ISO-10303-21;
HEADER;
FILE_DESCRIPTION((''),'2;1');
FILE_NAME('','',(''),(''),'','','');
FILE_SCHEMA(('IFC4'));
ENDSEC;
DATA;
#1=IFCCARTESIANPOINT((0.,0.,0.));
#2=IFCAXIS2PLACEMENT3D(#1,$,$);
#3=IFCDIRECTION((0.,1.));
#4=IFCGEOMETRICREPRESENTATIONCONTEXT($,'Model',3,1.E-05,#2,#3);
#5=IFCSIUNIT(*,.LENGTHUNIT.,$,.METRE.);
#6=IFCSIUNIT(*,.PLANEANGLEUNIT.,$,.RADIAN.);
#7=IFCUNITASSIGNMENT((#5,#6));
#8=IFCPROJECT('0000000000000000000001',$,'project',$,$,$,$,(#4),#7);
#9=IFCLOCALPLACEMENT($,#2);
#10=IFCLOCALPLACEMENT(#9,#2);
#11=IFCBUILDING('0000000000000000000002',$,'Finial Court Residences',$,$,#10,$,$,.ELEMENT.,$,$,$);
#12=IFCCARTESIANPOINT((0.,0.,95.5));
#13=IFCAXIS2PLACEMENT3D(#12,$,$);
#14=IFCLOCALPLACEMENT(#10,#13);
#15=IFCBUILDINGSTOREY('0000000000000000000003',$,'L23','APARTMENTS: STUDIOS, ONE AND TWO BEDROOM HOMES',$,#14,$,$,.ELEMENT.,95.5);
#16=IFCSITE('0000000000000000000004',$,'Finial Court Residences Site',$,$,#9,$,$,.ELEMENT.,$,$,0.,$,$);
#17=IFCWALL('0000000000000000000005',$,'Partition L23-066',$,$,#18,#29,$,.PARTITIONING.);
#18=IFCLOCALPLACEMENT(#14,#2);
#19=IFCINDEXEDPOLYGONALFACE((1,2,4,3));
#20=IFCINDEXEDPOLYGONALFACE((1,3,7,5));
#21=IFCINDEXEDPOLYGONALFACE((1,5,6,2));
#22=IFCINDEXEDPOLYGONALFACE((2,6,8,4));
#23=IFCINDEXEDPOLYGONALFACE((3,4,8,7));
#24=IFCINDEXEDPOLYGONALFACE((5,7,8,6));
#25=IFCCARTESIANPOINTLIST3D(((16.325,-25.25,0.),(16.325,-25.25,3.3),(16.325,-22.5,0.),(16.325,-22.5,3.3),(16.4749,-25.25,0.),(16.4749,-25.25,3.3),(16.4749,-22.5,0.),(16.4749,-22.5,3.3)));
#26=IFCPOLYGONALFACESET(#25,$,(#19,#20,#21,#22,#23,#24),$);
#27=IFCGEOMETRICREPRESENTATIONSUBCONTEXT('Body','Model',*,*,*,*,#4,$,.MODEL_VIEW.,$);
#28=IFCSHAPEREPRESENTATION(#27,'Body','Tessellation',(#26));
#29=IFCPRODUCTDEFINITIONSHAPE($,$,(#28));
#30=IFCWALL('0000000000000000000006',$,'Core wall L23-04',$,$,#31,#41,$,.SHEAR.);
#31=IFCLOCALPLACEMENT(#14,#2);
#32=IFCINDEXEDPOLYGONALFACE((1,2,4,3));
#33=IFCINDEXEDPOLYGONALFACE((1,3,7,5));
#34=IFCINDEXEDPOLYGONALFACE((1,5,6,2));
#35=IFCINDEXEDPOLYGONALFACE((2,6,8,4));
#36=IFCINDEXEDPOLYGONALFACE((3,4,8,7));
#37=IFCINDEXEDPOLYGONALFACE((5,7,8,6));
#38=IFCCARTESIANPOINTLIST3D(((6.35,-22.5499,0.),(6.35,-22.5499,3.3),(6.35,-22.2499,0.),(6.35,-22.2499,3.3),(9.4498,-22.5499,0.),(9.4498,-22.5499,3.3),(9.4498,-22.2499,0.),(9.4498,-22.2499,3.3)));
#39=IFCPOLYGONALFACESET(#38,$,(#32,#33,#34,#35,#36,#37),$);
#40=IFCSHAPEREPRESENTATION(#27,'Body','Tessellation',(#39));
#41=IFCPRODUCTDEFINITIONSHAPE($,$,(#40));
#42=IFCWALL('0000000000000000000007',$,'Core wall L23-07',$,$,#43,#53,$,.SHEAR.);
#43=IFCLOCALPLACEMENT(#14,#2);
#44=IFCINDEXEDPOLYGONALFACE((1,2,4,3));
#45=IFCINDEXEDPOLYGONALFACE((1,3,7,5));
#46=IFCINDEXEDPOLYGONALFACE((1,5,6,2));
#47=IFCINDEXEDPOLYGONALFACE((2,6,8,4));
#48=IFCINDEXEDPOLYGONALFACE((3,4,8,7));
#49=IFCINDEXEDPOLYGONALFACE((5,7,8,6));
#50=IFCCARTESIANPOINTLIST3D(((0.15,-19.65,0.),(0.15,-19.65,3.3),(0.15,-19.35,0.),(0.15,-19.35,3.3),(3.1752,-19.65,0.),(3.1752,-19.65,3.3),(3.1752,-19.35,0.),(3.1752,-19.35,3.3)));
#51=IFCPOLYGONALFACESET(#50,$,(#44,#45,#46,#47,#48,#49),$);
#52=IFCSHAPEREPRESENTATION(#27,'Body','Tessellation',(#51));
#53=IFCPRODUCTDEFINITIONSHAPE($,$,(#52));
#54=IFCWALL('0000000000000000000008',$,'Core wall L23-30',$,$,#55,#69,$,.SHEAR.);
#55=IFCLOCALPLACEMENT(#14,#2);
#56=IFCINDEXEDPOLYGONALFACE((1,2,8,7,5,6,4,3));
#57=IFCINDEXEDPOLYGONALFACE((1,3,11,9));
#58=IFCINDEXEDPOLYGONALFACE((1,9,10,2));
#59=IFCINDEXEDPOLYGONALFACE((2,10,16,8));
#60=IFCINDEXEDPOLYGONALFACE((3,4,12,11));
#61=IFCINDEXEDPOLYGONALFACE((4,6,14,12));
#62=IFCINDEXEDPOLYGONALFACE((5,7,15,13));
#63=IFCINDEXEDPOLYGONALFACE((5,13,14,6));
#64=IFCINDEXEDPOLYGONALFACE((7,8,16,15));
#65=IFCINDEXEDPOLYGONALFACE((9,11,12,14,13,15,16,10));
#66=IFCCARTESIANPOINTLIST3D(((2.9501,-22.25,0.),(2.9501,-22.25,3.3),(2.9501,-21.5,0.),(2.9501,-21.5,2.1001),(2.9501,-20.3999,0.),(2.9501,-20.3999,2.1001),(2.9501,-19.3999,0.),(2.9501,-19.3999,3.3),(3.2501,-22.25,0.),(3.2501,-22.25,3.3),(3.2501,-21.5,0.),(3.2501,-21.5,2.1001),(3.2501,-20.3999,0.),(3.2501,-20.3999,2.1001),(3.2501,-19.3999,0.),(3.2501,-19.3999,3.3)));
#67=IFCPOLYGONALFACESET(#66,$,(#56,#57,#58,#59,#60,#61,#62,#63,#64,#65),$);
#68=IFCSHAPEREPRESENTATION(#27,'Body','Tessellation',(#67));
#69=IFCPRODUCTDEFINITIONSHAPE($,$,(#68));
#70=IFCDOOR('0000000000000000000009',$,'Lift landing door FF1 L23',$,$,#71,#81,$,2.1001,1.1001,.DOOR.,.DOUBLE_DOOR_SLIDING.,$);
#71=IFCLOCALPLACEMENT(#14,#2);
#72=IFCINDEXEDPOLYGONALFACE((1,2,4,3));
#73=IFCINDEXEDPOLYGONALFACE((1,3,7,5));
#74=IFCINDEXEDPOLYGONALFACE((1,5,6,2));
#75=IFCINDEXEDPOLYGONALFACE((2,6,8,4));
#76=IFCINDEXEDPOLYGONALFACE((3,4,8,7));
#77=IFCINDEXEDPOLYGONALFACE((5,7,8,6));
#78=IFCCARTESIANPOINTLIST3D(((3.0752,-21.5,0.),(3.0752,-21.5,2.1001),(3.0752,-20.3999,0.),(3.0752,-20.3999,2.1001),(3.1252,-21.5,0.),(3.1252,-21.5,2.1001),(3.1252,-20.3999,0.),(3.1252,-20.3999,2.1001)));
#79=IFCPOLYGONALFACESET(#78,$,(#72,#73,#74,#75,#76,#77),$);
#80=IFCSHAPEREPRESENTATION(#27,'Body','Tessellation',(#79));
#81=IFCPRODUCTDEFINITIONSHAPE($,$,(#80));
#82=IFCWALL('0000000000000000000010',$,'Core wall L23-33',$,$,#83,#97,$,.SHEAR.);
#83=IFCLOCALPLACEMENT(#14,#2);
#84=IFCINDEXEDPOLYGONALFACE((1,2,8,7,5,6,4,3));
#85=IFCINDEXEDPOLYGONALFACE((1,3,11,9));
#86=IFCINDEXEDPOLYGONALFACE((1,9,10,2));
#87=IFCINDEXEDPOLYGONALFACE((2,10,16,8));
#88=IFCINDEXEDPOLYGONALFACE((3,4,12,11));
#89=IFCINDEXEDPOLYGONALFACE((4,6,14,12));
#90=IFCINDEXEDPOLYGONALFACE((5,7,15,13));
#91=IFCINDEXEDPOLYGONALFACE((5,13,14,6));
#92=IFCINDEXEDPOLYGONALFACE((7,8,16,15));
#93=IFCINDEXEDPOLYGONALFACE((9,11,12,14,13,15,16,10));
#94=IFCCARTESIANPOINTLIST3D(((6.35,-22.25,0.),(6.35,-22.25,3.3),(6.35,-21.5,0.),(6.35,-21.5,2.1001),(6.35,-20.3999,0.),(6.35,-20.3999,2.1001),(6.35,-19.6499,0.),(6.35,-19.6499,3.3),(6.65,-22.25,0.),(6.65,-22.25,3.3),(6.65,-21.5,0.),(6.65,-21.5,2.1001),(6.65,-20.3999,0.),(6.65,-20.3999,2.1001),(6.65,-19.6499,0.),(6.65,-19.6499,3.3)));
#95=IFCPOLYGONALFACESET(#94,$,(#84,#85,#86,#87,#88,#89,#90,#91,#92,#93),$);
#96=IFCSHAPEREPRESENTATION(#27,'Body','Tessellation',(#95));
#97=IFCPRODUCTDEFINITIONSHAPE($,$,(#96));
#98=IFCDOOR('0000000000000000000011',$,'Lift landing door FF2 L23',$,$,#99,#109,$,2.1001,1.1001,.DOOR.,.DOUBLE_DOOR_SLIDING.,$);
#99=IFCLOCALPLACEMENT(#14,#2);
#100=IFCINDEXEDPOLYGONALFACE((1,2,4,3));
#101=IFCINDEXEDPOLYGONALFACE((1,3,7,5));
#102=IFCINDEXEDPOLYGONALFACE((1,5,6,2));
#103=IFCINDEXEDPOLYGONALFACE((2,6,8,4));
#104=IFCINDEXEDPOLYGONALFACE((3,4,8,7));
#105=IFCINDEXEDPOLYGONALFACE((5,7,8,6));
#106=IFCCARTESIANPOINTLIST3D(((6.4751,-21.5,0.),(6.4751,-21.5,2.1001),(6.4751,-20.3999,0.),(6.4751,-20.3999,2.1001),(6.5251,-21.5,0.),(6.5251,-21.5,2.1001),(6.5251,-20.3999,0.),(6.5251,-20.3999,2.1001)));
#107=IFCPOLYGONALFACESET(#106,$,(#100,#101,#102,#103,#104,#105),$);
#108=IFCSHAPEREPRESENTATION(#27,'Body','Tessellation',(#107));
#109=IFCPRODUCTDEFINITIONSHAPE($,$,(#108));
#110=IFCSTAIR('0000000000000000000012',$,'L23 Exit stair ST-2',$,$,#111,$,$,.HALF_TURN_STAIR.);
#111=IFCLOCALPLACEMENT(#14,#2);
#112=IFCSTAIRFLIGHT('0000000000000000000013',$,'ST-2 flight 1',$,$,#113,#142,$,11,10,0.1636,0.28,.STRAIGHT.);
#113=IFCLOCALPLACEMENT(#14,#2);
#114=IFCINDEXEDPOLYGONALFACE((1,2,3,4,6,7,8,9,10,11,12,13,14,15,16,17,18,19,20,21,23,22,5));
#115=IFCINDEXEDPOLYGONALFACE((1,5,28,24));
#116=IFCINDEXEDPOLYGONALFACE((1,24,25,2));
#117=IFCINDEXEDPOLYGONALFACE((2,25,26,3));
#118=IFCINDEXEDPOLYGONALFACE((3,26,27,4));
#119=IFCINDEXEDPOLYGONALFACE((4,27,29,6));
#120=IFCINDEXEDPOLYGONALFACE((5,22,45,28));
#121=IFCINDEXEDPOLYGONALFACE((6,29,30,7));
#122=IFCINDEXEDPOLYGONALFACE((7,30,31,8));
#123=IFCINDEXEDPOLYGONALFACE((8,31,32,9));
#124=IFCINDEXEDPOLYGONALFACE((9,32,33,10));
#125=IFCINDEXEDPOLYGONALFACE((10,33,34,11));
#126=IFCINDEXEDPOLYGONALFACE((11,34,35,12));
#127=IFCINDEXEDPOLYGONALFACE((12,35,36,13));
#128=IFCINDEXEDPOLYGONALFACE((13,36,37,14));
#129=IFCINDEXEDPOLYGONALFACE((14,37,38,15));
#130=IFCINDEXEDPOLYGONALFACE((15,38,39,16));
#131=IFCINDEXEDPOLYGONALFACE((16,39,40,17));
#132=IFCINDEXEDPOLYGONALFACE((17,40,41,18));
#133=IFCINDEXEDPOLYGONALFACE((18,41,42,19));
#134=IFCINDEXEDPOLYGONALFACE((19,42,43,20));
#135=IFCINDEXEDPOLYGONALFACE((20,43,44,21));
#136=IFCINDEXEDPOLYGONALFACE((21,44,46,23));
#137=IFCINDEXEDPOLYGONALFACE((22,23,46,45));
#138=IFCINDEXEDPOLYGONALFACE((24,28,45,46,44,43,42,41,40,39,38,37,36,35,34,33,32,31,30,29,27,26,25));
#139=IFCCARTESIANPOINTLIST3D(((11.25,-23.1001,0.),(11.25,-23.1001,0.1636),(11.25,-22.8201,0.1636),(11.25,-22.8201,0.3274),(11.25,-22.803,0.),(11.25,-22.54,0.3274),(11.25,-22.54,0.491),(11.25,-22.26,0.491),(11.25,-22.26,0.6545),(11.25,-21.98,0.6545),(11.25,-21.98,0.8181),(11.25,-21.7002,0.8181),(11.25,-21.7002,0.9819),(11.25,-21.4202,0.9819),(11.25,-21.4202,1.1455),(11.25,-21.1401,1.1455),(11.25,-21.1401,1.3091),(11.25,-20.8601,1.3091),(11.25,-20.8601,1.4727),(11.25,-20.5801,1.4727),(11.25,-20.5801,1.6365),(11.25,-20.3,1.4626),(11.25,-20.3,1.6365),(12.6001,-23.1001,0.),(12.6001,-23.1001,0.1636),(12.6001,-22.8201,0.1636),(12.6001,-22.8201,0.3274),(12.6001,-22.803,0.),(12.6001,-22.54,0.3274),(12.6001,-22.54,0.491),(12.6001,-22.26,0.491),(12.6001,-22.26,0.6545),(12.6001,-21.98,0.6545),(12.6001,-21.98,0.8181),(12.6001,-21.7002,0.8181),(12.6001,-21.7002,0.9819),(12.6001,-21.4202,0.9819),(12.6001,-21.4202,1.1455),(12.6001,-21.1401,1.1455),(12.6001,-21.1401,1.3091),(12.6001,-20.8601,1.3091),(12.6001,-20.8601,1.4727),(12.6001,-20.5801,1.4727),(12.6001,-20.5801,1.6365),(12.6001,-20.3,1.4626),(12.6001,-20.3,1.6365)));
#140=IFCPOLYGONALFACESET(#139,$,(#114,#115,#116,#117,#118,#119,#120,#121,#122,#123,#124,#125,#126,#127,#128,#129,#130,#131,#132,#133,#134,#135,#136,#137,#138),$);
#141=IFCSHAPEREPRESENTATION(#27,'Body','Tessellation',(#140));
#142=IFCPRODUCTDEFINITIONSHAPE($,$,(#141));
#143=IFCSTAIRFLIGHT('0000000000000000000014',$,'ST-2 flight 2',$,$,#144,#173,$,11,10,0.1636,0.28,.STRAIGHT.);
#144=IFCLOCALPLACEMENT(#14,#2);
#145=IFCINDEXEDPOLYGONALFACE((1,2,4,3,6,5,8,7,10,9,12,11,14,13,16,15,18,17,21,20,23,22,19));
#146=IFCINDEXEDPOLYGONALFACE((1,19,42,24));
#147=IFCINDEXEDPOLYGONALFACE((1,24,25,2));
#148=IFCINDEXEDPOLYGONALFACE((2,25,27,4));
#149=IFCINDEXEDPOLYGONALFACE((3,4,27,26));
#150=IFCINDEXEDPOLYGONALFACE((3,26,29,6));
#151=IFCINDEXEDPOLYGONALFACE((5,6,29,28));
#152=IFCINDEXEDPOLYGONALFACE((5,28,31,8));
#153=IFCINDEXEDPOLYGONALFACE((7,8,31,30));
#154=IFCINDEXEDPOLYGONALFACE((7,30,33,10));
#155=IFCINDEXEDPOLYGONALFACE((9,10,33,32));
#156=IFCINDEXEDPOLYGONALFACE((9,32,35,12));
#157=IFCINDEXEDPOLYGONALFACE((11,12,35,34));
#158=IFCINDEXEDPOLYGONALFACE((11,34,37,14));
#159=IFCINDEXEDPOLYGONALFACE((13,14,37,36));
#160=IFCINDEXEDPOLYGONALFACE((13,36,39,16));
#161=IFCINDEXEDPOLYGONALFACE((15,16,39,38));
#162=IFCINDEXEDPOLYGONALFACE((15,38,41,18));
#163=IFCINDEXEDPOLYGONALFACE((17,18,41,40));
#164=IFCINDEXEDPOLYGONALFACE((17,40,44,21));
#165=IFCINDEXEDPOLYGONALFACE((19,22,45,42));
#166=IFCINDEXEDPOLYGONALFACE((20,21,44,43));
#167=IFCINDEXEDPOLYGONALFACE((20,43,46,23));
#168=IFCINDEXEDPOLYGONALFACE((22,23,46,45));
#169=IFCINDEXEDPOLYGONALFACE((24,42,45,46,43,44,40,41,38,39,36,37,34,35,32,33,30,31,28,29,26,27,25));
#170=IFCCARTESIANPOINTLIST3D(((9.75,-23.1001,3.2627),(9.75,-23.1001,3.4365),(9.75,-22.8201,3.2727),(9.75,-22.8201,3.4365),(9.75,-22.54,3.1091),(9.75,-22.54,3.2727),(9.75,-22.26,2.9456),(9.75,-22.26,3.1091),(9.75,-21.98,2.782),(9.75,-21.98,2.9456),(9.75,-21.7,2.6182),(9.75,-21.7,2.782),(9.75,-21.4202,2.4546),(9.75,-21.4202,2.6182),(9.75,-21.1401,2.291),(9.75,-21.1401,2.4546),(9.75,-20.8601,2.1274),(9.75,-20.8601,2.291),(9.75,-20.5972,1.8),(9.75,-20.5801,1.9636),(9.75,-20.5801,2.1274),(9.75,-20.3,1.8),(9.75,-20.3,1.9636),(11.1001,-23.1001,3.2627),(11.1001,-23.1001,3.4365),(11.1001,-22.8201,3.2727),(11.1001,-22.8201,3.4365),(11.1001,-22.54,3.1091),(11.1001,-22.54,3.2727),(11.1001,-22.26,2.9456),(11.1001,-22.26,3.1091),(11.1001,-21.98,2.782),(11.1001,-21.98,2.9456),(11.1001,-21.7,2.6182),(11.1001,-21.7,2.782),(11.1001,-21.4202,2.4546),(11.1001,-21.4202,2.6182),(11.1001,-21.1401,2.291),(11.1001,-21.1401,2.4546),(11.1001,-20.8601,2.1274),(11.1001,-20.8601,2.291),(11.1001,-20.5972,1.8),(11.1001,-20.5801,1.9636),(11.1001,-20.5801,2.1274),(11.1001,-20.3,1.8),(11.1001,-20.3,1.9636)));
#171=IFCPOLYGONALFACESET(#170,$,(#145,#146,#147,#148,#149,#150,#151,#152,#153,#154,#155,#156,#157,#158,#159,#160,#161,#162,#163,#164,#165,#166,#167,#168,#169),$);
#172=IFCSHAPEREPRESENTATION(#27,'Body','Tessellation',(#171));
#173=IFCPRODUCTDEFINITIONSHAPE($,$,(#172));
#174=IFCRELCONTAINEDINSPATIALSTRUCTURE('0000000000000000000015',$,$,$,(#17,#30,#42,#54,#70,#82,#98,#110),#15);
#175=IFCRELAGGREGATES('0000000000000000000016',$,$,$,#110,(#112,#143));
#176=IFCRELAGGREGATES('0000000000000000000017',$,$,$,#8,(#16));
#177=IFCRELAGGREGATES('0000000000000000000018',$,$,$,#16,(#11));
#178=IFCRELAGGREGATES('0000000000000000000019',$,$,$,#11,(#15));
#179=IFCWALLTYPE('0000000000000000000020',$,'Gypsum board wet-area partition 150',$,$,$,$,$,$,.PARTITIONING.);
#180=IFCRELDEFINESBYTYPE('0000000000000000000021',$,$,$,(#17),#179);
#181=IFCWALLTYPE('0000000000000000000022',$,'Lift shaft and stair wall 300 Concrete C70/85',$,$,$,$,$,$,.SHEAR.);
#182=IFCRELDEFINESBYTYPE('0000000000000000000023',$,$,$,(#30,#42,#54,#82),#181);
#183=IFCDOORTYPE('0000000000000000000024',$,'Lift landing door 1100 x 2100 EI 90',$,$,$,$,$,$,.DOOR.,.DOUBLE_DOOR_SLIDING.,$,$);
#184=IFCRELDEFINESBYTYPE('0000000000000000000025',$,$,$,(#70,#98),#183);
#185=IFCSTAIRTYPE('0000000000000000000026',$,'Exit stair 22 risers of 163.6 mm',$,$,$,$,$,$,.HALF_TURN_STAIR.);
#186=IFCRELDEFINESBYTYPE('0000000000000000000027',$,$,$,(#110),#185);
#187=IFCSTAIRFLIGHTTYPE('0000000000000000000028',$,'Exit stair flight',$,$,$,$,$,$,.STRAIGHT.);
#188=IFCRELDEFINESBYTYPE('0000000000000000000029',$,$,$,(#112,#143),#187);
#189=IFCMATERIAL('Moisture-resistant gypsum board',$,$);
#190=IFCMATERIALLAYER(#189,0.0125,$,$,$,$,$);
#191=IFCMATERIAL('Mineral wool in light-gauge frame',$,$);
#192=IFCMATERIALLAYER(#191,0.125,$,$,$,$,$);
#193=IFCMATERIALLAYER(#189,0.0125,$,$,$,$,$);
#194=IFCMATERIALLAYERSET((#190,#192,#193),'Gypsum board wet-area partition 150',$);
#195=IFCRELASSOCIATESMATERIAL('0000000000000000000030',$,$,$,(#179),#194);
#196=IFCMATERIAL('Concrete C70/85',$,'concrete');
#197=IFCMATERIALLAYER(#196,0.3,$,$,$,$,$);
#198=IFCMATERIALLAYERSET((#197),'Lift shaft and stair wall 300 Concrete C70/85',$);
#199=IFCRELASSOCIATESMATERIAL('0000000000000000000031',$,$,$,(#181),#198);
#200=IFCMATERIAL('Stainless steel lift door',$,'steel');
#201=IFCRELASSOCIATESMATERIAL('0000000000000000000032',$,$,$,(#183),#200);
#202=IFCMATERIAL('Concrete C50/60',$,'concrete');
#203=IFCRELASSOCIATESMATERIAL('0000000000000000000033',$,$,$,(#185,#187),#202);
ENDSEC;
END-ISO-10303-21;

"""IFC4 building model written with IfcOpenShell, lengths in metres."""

from ifc_helpers import new_model, si_unit, direction, frame, frame_2d, origin, place, context, subcontext, project, spatial, polyline, rectangle, outline, extrude, material, layer, layer_set, type_object, element, fill, aggregate, save


model = new_model("IFC4")

# Units and contexts
model_context = context("Model", 3, precision=1e-05, world=origin(), true_north=direction((0.0, 1.0)))
body_context = subcontext(model_context, "Body", "Model", "MODEL_VIEW")
ifc_project = project(units=[si_unit("LENGTHUNIT", "METRE"), si_unit("PLANEANGLEUNIT", "RADIAN")], contexts=[model_context])

# Site, building, storey
site_placement = place(None, origin())
site = spatial("IfcSite", under=ifc_project, at=site_placement, Name="Finial Court Residences Site", CompositionType="ELEMENT", RefElevation=0.0)
building_placement = place(site_placement, origin())
building = spatial("IfcBuilding", under=site, at=building_placement, Name="Finial Court Residences", CompositionType="ELEMENT")
storey_placement = place(building_placement, frame((0.0, 0.0, 95.5)))
storey = spatial("IfcBuildingStorey", under=building, at=storey_placement, Name="L23", Description="APARTMENTS: STUDIOS, ONE AND TWO BEDROOM HOMES", CompositionType="ELEMENT", Elevation=95.5)

# Shared definitions
ifc_material_1 = material(Name="Concrete C70/85", Category="concrete")

# Shared definitions
ifc_material_2 = material(Name="Moisture-resistant gypsum board")
ifc_layer_1 = layer(ifc_material_2, 0.0125)
ifc_material_3 = material(Name="Mineral wool in light-gauge frame")
ifc_layer_2 = layer(ifc_material_3, 0.125)
ifc_layer_3 = layer(ifc_material_2, 0.0125)
ifc_layer_set_1 = layer_set([ifc_layer_1, ifc_layer_2, ifc_layer_3], Name="Gypsum board wet-area partition 150")
wall_type_1 = type_object("IfcWallType", Name="Gypsum board wet-area partition 150", PredefinedType="PARTITIONING", material=ifc_layer_set_1)

# Walls
wall_1_placement = place(storey_placement, frame((16.3999, -25.25, 0.0), z_axis=(0.0, 0.0, 1.0), x_axis=(0.0, 1.0, 0.0)))
element("IfcWall", 1, at=wall_1_placement, inside=storey, type_object=wall_type_1, Name="Partition L23-066", PredefinedType="PARTITIONING", context=body_context, shape_type="SweptSolid", body=[
    extrude(rectangle(XDim=2.75, YDim=0.1499, at=frame_2d((1.375, 0.0))), origin(), (0.0, 0.0, 1.0), 3.3),
])
ifc_layer_4 = layer(ifc_material_1, 0.3)
ifc_layer_set_2 = layer_set([ifc_layer_4], Name="Lift shaft and stair wall 300 Concrete C70/85")
wall_type_2 = type_object("IfcWallType", Name="Lift shaft and stair wall 300 Concrete C70/85", PredefinedType="SHEAR", material=ifc_layer_set_2)
wall_2_placement = place(storey_placement, frame((6.3501, -22.3999, 0.0), z_axis=(0.0, 0.0, 1.0), x_axis=(1.0, 0.0, 0.0)))
element("IfcWall", 2, at=wall_2_placement, inside=storey, type_object=wall_type_2, Name="Core wall L23-04", PredefinedType="SHEAR", context=body_context, shape_type="SweptSolid", body=[
    extrude(rectangle(XDim=3.0999, YDim=0.3, at=frame_2d((1.5498, 0.0))), origin(), (0.0, 0.0, 1.0), 3.3),
])
wall_3_placement = place(storey_placement, frame((0.1499, -19.5, 0.0), z_axis=(0.0, 0.0, 1.0), x_axis=(1.0, 0.0, 0.0)))
element("IfcWall", 3, at=wall_3_placement, inside=storey, type_object=wall_type_2, Name="Core wall L23-07", PredefinedType="SHEAR", context=body_context, shape_type="SweptSolid", body=[
    extrude(rectangle(XDim=3.0251, YDim=0.3, at=frame_2d((1.5127, 0.0))), origin(), (0.0, 0.0, 1.0), 3.3),
])

# Walls, openings, doors
wall_4_placement = place(storey_placement, frame((3.1001, -22.25, 0.0), z_axis=(0.0, 0.0, 1.0), x_axis=(0.0, 1.0, 0.0)))
wall_4 = element("IfcWall", 4, at=wall_4_placement, inside=storey, type_object=wall_type_2, Name="Core wall L23-30", PredefinedType="SHEAR", context=body_context, shape_type="SweptSolid", body=[
    extrude(rectangle(XDim=2.8501, YDim=0.3, at=frame_2d((1.425, 0.0))), origin(), (0.0, 0.0, 1.0), 3.3),
])
opening_1_placement = place(wall_4_placement, frame((0.75, 0.0, 0.0)))
opening_1 = element("IfcOpeningElement", 5, at=opening_1_placement, cuts=wall_4, PredefinedType="OPENING", context=body_context, shape_type="SweptSolid", body=[
    extrude(rectangle(XDim=1.1001, YDim=2.1001, at=frame_2d((0.55, 1.05))), frame((0.0, 0.1599, 0.0), z_axis=(0.0, -1.0, 0.0), x_axis=(1.0, 0.0, 0.0)), (0.0, 0.0, 1.0), 0.3201),
])
ifc_material_4 = material(Name="Stainless steel lift door", Category="steel")
door_type_1 = type_object("IfcDoorType", Name="Lift landing door 1100 x 2100 EI 90", OperationType="DOUBLE_DOOR_SLIDING", PredefinedType="DOOR", material=ifc_material_4)
door_1_placement = place(opening_1_placement, origin())
door_1 = element("IfcDoor", 6, at=door_1_placement, inside=storey, type_object=door_type_1, Name="Lift landing door FF1 L23", OperationType="DOUBLE_DOOR_SLIDING", OverallHeight=2.1001, OverallWidth=1.1001, PredefinedType="DOOR", context=body_context, shape_type="SweptSolid", body=[
    extrude(rectangle(XDim=1.1001, YDim=2.1001, at=frame_2d((0.55, 1.05))), frame((0.0, 0.0249, 0.0), z_axis=(0.0, -1.0, 0.0), x_axis=(1.0, 0.0, 0.0)), (0.0, 0.0, 1.0), 0.05),
])
fill(opening_1, door_1)
wall_5_placement = place(storey_placement, frame((6.5, -22.25, 0.0), z_axis=(0.0, 0.0, 1.0), x_axis=(0.0, 1.0, 0.0)))
wall_5 = element("IfcWall", 7, at=wall_5_placement, inside=storey, type_object=wall_type_2, Name="Core wall L23-33", PredefinedType="SHEAR", context=body_context, shape_type="SweptSolid", body=[
    extrude(rectangle(XDim=2.6001, YDim=0.3, at=frame_2d((1.3, 0.0))), origin(), (0.0, 0.0, 1.0), 3.3),
])
opening_2_placement = place(wall_5_placement, frame((0.75, 0.0, 0.0)))
opening_2 = element("IfcOpeningElement", 8, at=opening_2_placement, cuts=wall_5, PredefinedType="OPENING", context=body_context, shape_type="SweptSolid", body=[
    extrude(rectangle(XDim=1.1001, YDim=2.1001, at=frame_2d((0.55, 1.05))), frame((0.0, 0.1599, 0.0), z_axis=(0.0, -1.0, 0.0), x_axis=(1.0, 0.0, 0.0)), (0.0, 0.0, 1.0), 0.3201),
])
door_2_placement = place(opening_2_placement, origin())
door_2 = element("IfcDoor", 9, at=door_2_placement, inside=storey, type_object=door_type_1, Name="Lift landing door FF2 L23", OperationType="DOUBLE_DOOR_SLIDING", OverallHeight=2.1001, OverallWidth=1.1001, PredefinedType="DOOR", context=body_context, shape_type="SweptSolid", body=[
    extrude(rectangle(XDim=1.1001, YDim=2.1001, at=frame_2d((0.55, 1.05))), frame((0.0, 0.0249, 0.0), z_axis=(0.0, -1.0, 0.0), x_axis=(1.0, 0.0, 0.0)), (0.0, 0.0, 1.0), 0.05),
])
fill(opening_2, door_2)

# Stair, stair flights
ifc_material_5 = material(Name="Concrete C50/60", Category="concrete")
stair_type = type_object("IfcStairType", Name="Exit stair 22 risers of 163.6 mm", PredefinedType="HALF_TURN_STAIR", material=ifc_material_5)
stair_placement = place(storey_placement, origin())
stair = element("IfcStair", 10, at=stair_placement, inside=storey, type_object=stair_type, Name="L23 Exit stair ST-2", PredefinedType="HALF_TURN_STAIR")
stair_flight_type = type_object("IfcStairFlightType", Name="Exit stair flight", PredefinedType="STRAIGHT", material=ifc_material_5)
stair_flight_1_placement = place(storey_placement, frame((11.925, -23.1001, 0.0), z_axis=(0.0, 0.0, 1.0), x_axis=(0.0, 1.0, 0.0)))
stair_flight_1 = element("IfcStairFlight", 11, at=stair_flight_1_placement, type_object=stair_flight_type, Name="ST-2 flight 1", NumberOfRisers=11, NumberOfTreads=10, PredefinedType="STRAIGHT", RiserHeight=0.1636, TreadLength=0.28, context=body_context, shape_type="SweptSolid", body=[
    extrude(outline(polyline([(0.0, 0.0), (0.0, 0.1636), (0.28, 0.1636), (0.28, 0.3274), (0.5601, 0.3274), (0.5601, 0.491), (0.8401, 0.491), (0.8401, 0.6545), (1.1201, 0.6545), (1.1201, 0.8181), (1.3999, 0.8181), (1.3999, 0.9819), (1.6799, 0.9819), (1.6799, 1.1455), (1.96, 1.1455), (1.96, 1.3091), (2.24, 1.3091), (2.24, 1.4727), (2.52, 1.4727), (2.52, 1.6365), (2.8, 1.6365), (2.8, 1.8), (2.8, 1.4626), (0.2971, 0.0), (0.0, 0.0)])), frame((0.0, 0.675, 0.0), z_axis=(0.0, -1.0, 0.0), x_axis=(1.0, 0.0, 0.0)), (0.0, 0.0, 1.0), 1.3501),
])
stair_flight_2_placement = place(storey_placement, frame((10.425, -20.3, 1.8), z_axis=(0.0, 0.0, 1.0), x_axis=(0.0, -1.0, 0.0)))
stair_flight_2 = element("IfcStairFlight", 12, at=stair_flight_2_placement, type_object=stair_flight_type, Name="ST-2 flight 2", NumberOfRisers=11, NumberOfTreads=10, PredefinedType="STRAIGHT", RiserHeight=0.1636, TreadLength=0.28, context=body_context, shape_type="SweptSolid", body=[
    extrude(outline(polyline([(0.0, 0.0), (0.0, 0.1636), (0.28, 0.1636), (0.28, 0.3274), (0.5601, 0.3274), (0.5601, 0.491), (0.8401, 0.491), (0.8401, 0.6545), (1.1201, 0.6545), (1.1201, 0.8181), (1.3999, 0.8181), (1.3999, 0.9819), (1.6799, 0.9819), (1.6799, 1.1455), (1.96, 1.1455), (1.96, 1.3091), (2.24, 1.3091), (2.24, 1.4727), (2.52, 1.4727), (2.52, 1.6365), (2.8, 1.6365), (2.8, 1.8), (2.8, 1.4626), (0.2971, 0.0), (0.0, 0.0)])), frame((0.0, 0.675, 0.0), z_axis=(0.0, -1.0, 0.0), x_axis=(1.0, 0.0, 0.0)), (0.0, 0.0, 1.0), 1.3501),
])
aggregate(stair, [stair_flight_1, stair_flight_2])

save(model, "model.ifc")
